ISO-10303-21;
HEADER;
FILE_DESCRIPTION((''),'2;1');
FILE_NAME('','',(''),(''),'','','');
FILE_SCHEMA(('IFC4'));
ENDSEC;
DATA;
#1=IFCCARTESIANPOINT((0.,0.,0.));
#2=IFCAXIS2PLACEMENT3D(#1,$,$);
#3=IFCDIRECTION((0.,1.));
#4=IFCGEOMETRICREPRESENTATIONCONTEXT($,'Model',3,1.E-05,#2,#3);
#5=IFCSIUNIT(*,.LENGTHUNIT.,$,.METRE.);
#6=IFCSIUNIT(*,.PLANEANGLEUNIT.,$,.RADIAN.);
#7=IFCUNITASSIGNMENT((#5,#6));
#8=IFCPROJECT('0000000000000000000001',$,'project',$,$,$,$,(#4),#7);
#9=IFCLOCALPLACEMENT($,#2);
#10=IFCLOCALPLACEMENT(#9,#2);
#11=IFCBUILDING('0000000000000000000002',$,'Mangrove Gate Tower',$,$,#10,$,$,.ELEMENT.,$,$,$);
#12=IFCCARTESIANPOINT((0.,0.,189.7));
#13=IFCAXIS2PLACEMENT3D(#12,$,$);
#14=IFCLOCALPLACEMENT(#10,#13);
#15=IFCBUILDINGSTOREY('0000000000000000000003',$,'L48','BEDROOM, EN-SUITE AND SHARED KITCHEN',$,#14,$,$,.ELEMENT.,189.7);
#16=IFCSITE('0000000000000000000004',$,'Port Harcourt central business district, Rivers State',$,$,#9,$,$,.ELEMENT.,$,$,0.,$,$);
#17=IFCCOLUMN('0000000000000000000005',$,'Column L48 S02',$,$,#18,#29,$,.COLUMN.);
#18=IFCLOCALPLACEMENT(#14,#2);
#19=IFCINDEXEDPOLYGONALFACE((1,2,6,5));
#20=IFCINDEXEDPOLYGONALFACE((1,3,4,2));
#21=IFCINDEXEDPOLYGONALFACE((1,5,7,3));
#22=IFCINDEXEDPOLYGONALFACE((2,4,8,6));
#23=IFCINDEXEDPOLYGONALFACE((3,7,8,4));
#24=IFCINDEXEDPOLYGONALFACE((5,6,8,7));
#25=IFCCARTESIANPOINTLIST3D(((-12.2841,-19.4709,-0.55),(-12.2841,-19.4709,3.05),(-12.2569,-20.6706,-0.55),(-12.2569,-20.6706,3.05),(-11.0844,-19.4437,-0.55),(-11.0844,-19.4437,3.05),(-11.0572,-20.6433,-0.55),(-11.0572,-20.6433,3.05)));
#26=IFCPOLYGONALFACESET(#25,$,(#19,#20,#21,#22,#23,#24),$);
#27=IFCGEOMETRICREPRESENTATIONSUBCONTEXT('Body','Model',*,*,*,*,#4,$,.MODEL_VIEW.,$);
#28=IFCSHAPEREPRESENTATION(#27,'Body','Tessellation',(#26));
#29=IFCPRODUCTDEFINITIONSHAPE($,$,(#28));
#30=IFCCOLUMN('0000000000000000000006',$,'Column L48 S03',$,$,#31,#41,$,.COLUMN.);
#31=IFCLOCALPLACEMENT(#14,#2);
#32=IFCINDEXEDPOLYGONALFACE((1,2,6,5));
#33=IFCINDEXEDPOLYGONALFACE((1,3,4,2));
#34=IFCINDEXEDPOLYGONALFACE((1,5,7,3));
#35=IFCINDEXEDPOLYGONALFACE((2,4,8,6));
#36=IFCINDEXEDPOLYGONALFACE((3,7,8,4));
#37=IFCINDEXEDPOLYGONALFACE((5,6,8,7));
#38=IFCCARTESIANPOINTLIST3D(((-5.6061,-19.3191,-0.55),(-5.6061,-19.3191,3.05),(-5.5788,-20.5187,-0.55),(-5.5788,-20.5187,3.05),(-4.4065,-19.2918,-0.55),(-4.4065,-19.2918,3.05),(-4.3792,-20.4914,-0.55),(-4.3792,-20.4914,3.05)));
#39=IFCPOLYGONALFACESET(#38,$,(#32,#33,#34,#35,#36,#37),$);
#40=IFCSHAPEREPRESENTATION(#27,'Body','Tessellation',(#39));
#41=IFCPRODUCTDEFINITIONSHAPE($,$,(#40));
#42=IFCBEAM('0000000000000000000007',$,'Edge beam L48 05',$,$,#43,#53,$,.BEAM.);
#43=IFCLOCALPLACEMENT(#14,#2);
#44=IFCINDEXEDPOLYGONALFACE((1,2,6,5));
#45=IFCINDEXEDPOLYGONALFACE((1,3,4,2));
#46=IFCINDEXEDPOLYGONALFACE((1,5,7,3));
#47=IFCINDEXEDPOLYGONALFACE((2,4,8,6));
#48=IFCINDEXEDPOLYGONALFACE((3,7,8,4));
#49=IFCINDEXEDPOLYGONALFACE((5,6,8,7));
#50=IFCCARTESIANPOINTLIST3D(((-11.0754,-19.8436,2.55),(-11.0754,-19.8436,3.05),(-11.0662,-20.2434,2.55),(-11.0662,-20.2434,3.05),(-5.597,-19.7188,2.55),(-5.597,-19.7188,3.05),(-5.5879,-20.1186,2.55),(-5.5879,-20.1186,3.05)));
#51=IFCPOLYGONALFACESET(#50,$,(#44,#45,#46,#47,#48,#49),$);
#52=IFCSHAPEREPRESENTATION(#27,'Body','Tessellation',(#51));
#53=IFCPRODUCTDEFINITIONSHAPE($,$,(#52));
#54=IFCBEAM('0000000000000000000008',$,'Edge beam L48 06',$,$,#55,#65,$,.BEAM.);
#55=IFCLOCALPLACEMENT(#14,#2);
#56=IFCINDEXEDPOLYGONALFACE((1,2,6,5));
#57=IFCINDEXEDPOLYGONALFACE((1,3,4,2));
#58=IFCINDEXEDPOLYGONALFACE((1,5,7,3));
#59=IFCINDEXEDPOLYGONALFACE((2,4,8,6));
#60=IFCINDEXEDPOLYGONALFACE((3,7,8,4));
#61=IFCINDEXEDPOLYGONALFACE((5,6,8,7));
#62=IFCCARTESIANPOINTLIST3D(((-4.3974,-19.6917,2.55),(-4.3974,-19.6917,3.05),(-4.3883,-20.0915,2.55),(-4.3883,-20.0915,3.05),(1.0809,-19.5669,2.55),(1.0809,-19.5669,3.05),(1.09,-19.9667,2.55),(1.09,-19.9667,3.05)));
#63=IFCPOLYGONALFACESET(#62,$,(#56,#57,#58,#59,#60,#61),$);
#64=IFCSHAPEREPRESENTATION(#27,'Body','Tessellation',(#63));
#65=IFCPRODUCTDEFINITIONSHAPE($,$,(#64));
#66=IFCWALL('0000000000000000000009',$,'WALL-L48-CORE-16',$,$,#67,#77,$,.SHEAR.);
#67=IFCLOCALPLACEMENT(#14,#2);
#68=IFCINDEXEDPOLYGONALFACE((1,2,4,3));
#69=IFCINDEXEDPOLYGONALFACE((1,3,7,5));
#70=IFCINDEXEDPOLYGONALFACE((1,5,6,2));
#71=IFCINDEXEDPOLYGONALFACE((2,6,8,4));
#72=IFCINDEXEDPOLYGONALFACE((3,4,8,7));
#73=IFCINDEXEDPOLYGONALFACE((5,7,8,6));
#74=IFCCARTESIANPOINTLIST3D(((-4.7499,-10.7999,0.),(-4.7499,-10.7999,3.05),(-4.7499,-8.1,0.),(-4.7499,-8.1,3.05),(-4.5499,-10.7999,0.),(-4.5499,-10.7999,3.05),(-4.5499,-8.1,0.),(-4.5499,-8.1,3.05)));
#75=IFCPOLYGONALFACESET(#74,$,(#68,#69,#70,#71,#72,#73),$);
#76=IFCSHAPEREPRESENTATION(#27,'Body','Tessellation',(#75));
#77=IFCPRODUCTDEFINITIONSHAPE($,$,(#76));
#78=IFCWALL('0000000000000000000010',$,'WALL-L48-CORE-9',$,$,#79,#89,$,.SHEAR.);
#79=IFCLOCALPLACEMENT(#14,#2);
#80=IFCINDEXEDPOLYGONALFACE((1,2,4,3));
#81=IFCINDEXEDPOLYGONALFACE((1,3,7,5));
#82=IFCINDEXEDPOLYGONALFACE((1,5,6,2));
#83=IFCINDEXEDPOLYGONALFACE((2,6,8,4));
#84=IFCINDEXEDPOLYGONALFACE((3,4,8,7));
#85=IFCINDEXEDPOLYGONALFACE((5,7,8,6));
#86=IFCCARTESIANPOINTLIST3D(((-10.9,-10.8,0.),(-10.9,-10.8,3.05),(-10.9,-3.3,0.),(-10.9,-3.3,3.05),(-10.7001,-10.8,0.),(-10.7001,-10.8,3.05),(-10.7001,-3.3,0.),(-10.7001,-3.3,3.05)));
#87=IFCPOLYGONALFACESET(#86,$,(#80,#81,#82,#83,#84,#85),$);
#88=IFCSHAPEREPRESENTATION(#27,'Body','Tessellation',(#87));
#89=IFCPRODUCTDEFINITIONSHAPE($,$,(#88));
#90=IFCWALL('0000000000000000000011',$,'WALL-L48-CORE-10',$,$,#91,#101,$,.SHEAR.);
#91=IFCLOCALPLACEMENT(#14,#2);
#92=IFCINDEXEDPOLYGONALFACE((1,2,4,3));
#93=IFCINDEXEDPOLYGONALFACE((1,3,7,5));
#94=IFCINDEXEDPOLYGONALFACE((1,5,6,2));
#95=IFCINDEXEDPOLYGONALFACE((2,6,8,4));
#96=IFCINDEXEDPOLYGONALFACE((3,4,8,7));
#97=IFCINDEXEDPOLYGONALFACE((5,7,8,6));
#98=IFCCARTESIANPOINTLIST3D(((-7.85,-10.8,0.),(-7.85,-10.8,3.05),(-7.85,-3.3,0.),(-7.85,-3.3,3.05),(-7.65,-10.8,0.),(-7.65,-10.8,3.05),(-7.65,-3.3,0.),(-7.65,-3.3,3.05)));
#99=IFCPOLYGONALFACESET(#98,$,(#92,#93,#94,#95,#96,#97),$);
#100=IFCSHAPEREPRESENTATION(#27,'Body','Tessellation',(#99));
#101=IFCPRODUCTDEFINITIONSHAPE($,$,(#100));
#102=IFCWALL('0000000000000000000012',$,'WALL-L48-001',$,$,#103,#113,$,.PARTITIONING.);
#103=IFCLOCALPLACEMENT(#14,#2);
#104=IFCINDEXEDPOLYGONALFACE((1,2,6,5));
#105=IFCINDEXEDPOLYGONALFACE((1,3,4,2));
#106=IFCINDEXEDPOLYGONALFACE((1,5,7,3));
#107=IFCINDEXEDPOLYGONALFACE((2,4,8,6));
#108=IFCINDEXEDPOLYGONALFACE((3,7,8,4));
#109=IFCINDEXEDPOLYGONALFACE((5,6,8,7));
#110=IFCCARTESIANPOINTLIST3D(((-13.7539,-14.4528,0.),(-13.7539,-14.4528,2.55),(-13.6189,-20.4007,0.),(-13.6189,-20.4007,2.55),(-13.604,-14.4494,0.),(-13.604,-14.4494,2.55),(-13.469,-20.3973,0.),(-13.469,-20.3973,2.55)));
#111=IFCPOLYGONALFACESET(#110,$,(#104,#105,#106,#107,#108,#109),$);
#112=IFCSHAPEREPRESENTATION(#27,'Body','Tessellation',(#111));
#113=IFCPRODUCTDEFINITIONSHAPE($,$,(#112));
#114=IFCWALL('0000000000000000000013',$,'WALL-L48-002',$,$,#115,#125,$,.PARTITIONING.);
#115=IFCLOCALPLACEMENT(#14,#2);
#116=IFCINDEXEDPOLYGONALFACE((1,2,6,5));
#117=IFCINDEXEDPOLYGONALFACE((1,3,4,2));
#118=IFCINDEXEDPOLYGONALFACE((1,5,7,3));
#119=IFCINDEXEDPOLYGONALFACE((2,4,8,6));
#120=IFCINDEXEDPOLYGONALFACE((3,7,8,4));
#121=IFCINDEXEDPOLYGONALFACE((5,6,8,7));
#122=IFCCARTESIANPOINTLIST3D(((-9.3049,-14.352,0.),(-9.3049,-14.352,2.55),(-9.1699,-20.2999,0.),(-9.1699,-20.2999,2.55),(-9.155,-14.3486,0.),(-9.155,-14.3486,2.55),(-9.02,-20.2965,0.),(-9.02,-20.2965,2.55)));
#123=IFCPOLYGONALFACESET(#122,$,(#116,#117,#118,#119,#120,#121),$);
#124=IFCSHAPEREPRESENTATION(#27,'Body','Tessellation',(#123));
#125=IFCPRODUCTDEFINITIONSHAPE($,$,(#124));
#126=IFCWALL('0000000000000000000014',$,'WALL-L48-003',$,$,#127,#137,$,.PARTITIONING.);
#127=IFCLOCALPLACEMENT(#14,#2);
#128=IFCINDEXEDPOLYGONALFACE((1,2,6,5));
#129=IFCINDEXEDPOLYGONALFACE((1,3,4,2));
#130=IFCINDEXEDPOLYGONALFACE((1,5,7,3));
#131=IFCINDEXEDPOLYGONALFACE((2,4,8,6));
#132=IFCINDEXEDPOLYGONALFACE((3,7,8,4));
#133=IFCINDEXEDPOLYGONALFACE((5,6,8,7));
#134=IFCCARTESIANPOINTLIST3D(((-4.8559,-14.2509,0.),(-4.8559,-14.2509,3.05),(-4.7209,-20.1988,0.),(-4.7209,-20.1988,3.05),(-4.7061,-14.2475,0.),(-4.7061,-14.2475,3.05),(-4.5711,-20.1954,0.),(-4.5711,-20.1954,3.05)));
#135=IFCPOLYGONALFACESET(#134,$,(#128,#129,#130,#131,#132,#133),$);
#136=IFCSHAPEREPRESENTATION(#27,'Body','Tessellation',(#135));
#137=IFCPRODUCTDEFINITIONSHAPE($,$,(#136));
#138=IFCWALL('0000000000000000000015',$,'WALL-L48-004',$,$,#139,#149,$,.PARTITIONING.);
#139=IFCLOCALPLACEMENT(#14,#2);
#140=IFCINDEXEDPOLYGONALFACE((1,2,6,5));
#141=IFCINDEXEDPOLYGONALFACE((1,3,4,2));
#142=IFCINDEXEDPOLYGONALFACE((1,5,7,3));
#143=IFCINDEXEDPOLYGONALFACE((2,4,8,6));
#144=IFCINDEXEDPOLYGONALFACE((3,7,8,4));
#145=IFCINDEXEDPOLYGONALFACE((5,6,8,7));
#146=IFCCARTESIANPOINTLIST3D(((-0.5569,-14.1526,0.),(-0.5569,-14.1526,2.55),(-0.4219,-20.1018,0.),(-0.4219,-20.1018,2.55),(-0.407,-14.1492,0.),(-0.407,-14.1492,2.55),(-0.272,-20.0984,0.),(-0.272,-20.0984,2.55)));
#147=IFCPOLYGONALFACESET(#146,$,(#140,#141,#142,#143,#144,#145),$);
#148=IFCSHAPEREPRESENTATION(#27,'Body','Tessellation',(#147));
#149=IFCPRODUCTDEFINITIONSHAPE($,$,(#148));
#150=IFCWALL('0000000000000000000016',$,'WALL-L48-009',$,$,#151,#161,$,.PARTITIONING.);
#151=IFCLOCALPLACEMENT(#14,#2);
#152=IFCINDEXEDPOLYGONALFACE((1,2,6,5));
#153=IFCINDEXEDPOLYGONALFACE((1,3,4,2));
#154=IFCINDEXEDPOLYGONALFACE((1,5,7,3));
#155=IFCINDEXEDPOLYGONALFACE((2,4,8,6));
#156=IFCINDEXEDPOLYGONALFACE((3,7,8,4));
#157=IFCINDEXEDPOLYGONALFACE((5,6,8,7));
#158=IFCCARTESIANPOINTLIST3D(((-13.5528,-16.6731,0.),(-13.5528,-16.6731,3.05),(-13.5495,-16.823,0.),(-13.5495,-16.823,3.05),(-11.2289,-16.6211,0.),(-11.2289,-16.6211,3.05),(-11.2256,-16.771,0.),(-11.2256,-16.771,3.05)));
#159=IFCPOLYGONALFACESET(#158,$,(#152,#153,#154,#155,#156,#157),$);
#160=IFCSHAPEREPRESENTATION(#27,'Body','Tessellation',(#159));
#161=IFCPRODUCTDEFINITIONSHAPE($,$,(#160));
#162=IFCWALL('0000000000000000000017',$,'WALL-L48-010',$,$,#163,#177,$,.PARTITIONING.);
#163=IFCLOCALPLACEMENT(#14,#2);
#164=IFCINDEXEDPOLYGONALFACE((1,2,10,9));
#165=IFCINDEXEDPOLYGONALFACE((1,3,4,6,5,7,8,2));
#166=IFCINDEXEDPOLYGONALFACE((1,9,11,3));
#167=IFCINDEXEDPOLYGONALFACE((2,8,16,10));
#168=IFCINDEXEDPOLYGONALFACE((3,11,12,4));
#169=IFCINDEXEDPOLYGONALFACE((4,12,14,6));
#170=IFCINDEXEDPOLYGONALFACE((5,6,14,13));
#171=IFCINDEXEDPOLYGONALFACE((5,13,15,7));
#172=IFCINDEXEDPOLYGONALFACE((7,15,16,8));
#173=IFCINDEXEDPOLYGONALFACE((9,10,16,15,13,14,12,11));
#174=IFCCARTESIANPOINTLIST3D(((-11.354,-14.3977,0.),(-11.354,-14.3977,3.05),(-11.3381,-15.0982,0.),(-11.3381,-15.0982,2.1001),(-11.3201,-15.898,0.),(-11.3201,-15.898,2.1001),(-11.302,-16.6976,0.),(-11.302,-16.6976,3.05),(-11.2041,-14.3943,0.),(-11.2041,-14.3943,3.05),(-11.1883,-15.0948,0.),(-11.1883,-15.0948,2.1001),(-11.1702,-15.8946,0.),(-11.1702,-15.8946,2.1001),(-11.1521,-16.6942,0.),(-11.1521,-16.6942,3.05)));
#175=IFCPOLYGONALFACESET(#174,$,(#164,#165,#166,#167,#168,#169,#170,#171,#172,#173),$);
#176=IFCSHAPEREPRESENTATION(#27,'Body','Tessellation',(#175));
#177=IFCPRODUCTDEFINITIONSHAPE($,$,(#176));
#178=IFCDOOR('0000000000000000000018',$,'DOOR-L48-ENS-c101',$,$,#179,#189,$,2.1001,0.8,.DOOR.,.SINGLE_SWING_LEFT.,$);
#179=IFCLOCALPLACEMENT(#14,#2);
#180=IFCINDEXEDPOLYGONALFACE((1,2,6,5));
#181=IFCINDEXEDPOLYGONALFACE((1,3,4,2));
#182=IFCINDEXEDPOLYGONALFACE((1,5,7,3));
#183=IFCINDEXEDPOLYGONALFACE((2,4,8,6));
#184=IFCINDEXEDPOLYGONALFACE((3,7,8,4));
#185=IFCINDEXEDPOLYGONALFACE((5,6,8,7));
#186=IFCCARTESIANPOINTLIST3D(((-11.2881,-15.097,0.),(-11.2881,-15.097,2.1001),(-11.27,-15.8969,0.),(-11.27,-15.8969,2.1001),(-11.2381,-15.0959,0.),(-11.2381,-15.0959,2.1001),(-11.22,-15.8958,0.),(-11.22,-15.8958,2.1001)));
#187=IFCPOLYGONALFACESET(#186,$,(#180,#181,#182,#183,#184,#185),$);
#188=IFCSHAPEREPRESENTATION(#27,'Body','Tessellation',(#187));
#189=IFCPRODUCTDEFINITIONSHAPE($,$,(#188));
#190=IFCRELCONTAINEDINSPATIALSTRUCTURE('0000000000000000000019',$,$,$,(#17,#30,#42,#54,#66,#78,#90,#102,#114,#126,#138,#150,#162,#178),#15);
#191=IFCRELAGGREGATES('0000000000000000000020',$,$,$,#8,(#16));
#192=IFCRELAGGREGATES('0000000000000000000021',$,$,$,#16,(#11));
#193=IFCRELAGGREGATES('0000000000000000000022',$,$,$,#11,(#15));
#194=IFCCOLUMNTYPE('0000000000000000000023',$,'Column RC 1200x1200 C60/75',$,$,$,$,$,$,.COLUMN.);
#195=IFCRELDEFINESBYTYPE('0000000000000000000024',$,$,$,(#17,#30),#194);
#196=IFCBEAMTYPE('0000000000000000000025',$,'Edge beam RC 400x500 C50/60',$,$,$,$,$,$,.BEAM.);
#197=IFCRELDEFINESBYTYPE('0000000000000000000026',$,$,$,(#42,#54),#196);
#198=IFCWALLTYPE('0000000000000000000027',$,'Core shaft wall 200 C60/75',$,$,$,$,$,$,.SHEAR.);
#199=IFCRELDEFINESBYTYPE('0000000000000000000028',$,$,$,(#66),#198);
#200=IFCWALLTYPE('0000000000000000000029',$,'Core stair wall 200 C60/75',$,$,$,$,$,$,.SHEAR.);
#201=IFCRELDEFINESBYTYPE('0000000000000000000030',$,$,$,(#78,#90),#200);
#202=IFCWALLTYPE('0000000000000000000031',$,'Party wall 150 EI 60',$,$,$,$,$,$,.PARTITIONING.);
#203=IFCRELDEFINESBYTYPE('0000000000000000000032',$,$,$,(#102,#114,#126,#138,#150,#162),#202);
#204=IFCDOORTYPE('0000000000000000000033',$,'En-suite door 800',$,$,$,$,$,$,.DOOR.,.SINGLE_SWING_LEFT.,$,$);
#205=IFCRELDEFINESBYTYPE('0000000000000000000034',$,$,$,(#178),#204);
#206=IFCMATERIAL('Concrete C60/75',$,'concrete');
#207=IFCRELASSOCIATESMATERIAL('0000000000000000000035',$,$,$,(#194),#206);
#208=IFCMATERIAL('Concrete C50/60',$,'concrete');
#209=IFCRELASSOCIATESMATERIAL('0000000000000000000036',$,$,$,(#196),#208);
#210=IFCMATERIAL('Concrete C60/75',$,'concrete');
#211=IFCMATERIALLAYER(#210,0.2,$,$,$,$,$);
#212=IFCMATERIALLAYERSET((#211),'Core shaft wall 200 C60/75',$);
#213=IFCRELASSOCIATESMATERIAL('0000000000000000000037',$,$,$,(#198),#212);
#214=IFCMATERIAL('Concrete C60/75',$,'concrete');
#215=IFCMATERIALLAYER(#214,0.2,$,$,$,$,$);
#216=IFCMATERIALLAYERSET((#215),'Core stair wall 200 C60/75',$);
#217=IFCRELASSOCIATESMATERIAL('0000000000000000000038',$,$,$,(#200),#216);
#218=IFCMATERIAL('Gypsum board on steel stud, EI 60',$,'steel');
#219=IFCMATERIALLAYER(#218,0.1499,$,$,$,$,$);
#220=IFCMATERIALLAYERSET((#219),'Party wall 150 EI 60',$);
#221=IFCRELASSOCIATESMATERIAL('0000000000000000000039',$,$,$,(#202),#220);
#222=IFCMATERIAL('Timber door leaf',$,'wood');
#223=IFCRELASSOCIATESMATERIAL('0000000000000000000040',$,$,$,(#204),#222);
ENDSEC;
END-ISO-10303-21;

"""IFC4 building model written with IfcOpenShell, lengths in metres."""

from ifc_helpers import new_model, si_unit, direction, frame, frame_2d, origin, origin_2d, place, context, subcontext, project, spatial, rectangle, extrude, material, layer, layer_set, material_profile, profile_set, type_object, element, fill, save


model = new_model("IFC4")

# Units and contexts
model_context = context("Model", 3, precision=1e-05, world=origin(), true_north=direction((0.0, 1.0)))
body_context = subcontext(model_context, "Body", "Model", "MODEL_VIEW")
ifc_project = project(units=[si_unit("LENGTHUNIT", "METRE"), si_unit("PLANEANGLEUNIT", "RADIAN")], contexts=[model_context])

# Site, building, storey
site_placement = place(None, origin())
site = spatial("IfcSite", under=ifc_project, at=site_placement, Name="Port Harcourt central business district, Rivers State", CompositionType="ELEMENT", RefElevation=0.0)
building_placement = place(site_placement, origin())
building = spatial("IfcBuilding", under=site, at=building_placement, Name="Mangrove Gate Tower", CompositionType="ELEMENT")
storey_placement = place(building_placement, frame((0.0, 0.0, 189.7)))
storey = spatial("IfcBuildingStorey", under=building, at=storey_placement, Name="L48", Description="BEDROOM, EN-SUITE AND SHARED KITCHEN", CompositionType="ELEMENT", Elevation=189.7)

# Columns
ifc_material_1 = material(Name="Concrete C60/75", Category="concrete")
ifc_material_profile_1 = material_profile(ifc_material_1, rectangle(XDim=1.2, YDim=1.2, at=origin_2d()))
ifc_profile_set_1 = profile_set([ifc_material_profile_1], Name="Concrete C60/75")
column_type = type_object("IfcColumnType", Name="Column RC 1200x1200 C60/75", PredefinedType="COLUMN", material=ifc_profile_set_1)
for number, where, z_axis, x_axis, name in (
    (1, (-11.6707, -20.0571, -0.55), (0.0, 0.0, 1.0), (0.999743, 0.022679, 0.0), "Column L48 S02"),
    (2, (-4.9927, -19.9053, -0.55), (0.0, 0.0, 1.0), (0.999741, 0.022755, 0.0), "Column L48 S03"),
):
    element("IfcColumn", number, at=place(storey_placement, frame(where, z_axis=z_axis, x_axis=x_axis)), inside=storey, type_object=column_type, Name=name, PredefinedType="COLUMN", context=body_context, shape_type="SweptSolid", body=[
        extrude(rectangle(XDim=1.2, YDim=1.2, at=origin_2d()), origin(), (0.0, 0.0, 1.0), 3.6001),
    ])

# Beams
ifc_material_2 = material(Name="Concrete C50/60", Category="concrete")
ifc_material_profile_2 = material_profile(ifc_material_2, rectangle(XDim=0.3999, YDim=0.5, at=origin_2d()))
ifc_profile_set_2 = profile_set([ifc_material_profile_2], Name="Concrete C50/60")
beam_type = type_object("IfcBeamType", Name="Edge beam RC 400x500 C50/60", PredefinedType="BEAM", material=ifc_profile_set_2)
for number, where, z_axis, x_axis, name in (
    (3, (-11.0708, -20.0435, 2.8), (0.999741, 0.022767, 0.0), (-0.022767, 0.999741, 0.0), "Edge beam L48 05"),
    (4, (-4.3928, -19.8916, 2.8), (0.999741, 0.022767, 0.0), (-0.022767, 0.999741, 0.0), "Edge beam L48 06"),
):
    element("IfcBeam", number, at=place(storey_placement, frame(where, z_axis=z_axis, x_axis=x_axis)), inside=storey, type_object=beam_type, Name=name, PredefinedType="BEAM", context=body_context, shape_type="SweptSolid", body=[
        extrude(rectangle(XDim=0.3999, YDim=0.5, at=origin_2d()), origin(), (0.0, 0.0, 1.0), 5.4797),
    ])

# Walls
ifc_material_3 = material(Name="Concrete C60/75", Category="concrete")
ifc_layer_1 = layer(ifc_material_3, 0.2)
ifc_layer_set_1 = layer_set([ifc_layer_1], Name="Core shaft wall 200 C60/75")
wall_type_1 = type_object("IfcWallType", Name="Core shaft wall 200 C60/75", PredefinedType="SHEAR", material=ifc_layer_set_1)
wall_1_placement = place(storey_placement, frame((-4.6499, -10.8, 0.0), z_axis=(0.0, 0.0, 1.0), x_axis=(0.0, 1.0, 0.0)))
element("IfcWall", 5, at=wall_1_placement, inside=storey, type_object=wall_type_1, Name="WALL-L48-CORE-16", PredefinedType="SHEAR", context=body_context, shape_type="SweptSolid", body=[
    extrude(rectangle(XDim=2.7, YDim=0.2, at=frame_2d((1.3501, 0.0))), origin(), (0.0, 0.0, 1.0), 3.05),
])
ifc_material_4 = material(Name="Concrete C60/75", Category="concrete")
ifc_layer_2 = layer(ifc_material_4, 0.2)
ifc_layer_set_2 = layer_set([ifc_layer_2], Name="Core stair wall 200 C60/75")
wall_type_2 = type_object("IfcWallType", Name="Core stair wall 200 C60/75", PredefinedType="SHEAR", material=ifc_layer_set_2)
for number, where, z_axis, x_axis, name in (
    (6, (-10.8, -10.8, 0.0), (0.0, 0.0, 1.0), (0.0, 1.0, 0.0), "WALL-L48-CORE-9"),
    (7, (-7.75, -10.8, 0.0), (0.0, 0.0, 1.0), (0.0, 1.0, 0.0), "WALL-L48-CORE-10"),
):
    element("IfcWall", number, at=place(storey_placement, frame(where, z_axis=z_axis, x_axis=x_axis)), inside=storey, type_object=wall_type_2, Name=name, PredefinedType="SHEAR", context=body_context, shape_type="SweptSolid", body=[
        extrude(rectangle(XDim=7.5, YDim=0.2, at=frame_2d((3.75, 0.0))), origin(), (0.0, 0.0, 1.0), 3.05),
    ])
ifc_material_5 = material(Name="Gypsum board on steel stud, EI 60", Category="steel")
ifc_layer_3 = layer(ifc_material_5, 0.1499)
ifc_layer_set_3 = layer_set([ifc_layer_3], Name="Party wall 150 EI 60")
wall_type_3 = type_object("IfcWallType", Name="Party wall 150 EI 60", PredefinedType="PARTITIONING", material=ifc_layer_set_3)
for number, where, z_axis, x_axis, name in (
    (8, (-13.5439, -20.3989, 0.0), (0.0, 0.0, 1.0), (-0.022693, 0.999742, 0.0), "WALL-L48-001"),
    (9, (-9.095, -20.2981, 0.0), (0.0, 0.0, 1.0), (-0.022693, 0.999742, 0.0), "WALL-L48-002"),
):
    element("IfcWall", number, at=place(storey_placement, frame(where, z_axis=z_axis, x_axis=x_axis)), inside=storey, type_object=wall_type_3, Name=name, PredefinedType="PARTITIONING", context=body_context, shape_type="SweptSolid", body=[
        extrude(rectangle(XDim=5.9495, YDim=0.1499, at=frame_2d((2.9746, 0.0))), origin(), (0.0, 0.0, 1.0), 2.55),
    ])
wall_2_placement = place(storey_placement, frame((-4.646, -20.197, 0.0), z_axis=(0.0, 0.0, 1.0), x_axis=(-0.022693, 0.999742, 0.0)))
element("IfcWall", 10, at=wall_2_placement, inside=storey, type_object=wall_type_3, Name="WALL-L48-003", PredefinedType="PARTITIONING", context=body_context, shape_type="SweptSolid", body=[
    extrude(rectangle(XDim=5.9495, YDim=0.1499, at=frame_2d((2.9746, 0.0))), origin(), (0.0, 0.0, 1.0), 3.05),
])
wall_3_placement = place(storey_placement, frame((-0.3469, -20.1001, 0.0), z_axis=(0.0, 0.0, 1.0), x_axis=(-0.022688, 0.999743, 0.0)))
element("IfcWall", 11, at=wall_3_placement, inside=storey, type_object=wall_type_3, Name="WALL-L48-004", PredefinedType="PARTITIONING", context=body_context, shape_type="SweptSolid", body=[
    extrude(rectangle(XDim=5.9507, YDim=0.1499, at=frame_2d((2.9753, 0.0))), origin(), (0.0, 0.0, 1.0), 2.55),
])
wall_4_placement = place(storey_placement, frame((-13.551, -16.748, 0.0), z_axis=(0.0, 0.0, 1.0), x_axis=(0.99975, 0.022371, 0.0)))
element("IfcWall", 12, at=wall_4_placement, inside=storey, type_object=wall_type_3, Name="WALL-L48-009", PredefinedType="PARTITIONING", context=body_context, shape_type="SweptSolid", body=[
    extrude(rectangle(XDim=2.3245, YDim=0.1499, at=frame_2d((1.1621, 0.0))), origin(), (0.0, 0.0, 1.0), 3.05),
])

# Wall, opening, door
wall_5_placement = place(storey_placement, frame((-11.2271, -16.696, 0.0), z_axis=(0.0, 0.0, 1.0), x_axis=(-0.022603, 0.999745, 0.0)))
wall_5 = element("IfcWall", 13, at=wall_5_placement, inside=storey, type_object=wall_type_3, Name="WALL-L48-010", PredefinedType="PARTITIONING", context=body_context, shape_type="SweptSolid", body=[
    extrude(rectangle(XDim=2.3005, YDim=0.1499, at=frame_2d((1.1504, 0.0))), origin(), (0.0, 0.0, 1.0), 3.05),
])
opening_1_placement = place(wall_5_placement, frame((0.8, 0.0, 0.0)))
opening_1 = element("IfcOpeningElement", 14, at=opening_1_placement, cuts=wall_5, PredefinedType="OPENING", context=body_context, shape_type="SweptSolid", body=[
    extrude(rectangle(XDim=0.8, YDim=2.1001, at=frame_2d((0.3999, 1.05))), frame((0.0, 0.085, 0.0), z_axis=(0.0, -1.0, 0.0), x_axis=(1.0, 0.0, 0.0)), (0.0, 0.0, 1.0), 0.1699),
])
ifc_material_6 = material(Name="Timber door leaf", Category="wood")
door_type = type_object("IfcDoorType", Name="En-suite door 800", OperationType="SINGLE_SWING_LEFT", PredefinedType="DOOR", material=ifc_material_6)
door_1_placement = place(opening_1_placement, origin())
door_1 = element("IfcDoor", 15, at=door_1_placement, inside=storey, type_object=door_type, Name="DOOR-L48-ENS-c101", OperationType="SINGLE_SWING_LEFT", OverallHeight=2.1001, OverallWidth=0.8, PredefinedType="DOOR", context=body_context, shape_type="SweptSolid", body=[
    extrude(rectangle(XDim=0.8, YDim=2.1001, at=frame_2d((0.3999, 1.05))), frame((0.0, 0.0249, 0.0), z_axis=(0.0, -1.0, 0.0), x_axis=(1.0, 0.0, 0.0)), (0.0, 0.0, 1.0), 0.05),
])
fill(opening_1, door_1)

save(model, "model.ifc")
